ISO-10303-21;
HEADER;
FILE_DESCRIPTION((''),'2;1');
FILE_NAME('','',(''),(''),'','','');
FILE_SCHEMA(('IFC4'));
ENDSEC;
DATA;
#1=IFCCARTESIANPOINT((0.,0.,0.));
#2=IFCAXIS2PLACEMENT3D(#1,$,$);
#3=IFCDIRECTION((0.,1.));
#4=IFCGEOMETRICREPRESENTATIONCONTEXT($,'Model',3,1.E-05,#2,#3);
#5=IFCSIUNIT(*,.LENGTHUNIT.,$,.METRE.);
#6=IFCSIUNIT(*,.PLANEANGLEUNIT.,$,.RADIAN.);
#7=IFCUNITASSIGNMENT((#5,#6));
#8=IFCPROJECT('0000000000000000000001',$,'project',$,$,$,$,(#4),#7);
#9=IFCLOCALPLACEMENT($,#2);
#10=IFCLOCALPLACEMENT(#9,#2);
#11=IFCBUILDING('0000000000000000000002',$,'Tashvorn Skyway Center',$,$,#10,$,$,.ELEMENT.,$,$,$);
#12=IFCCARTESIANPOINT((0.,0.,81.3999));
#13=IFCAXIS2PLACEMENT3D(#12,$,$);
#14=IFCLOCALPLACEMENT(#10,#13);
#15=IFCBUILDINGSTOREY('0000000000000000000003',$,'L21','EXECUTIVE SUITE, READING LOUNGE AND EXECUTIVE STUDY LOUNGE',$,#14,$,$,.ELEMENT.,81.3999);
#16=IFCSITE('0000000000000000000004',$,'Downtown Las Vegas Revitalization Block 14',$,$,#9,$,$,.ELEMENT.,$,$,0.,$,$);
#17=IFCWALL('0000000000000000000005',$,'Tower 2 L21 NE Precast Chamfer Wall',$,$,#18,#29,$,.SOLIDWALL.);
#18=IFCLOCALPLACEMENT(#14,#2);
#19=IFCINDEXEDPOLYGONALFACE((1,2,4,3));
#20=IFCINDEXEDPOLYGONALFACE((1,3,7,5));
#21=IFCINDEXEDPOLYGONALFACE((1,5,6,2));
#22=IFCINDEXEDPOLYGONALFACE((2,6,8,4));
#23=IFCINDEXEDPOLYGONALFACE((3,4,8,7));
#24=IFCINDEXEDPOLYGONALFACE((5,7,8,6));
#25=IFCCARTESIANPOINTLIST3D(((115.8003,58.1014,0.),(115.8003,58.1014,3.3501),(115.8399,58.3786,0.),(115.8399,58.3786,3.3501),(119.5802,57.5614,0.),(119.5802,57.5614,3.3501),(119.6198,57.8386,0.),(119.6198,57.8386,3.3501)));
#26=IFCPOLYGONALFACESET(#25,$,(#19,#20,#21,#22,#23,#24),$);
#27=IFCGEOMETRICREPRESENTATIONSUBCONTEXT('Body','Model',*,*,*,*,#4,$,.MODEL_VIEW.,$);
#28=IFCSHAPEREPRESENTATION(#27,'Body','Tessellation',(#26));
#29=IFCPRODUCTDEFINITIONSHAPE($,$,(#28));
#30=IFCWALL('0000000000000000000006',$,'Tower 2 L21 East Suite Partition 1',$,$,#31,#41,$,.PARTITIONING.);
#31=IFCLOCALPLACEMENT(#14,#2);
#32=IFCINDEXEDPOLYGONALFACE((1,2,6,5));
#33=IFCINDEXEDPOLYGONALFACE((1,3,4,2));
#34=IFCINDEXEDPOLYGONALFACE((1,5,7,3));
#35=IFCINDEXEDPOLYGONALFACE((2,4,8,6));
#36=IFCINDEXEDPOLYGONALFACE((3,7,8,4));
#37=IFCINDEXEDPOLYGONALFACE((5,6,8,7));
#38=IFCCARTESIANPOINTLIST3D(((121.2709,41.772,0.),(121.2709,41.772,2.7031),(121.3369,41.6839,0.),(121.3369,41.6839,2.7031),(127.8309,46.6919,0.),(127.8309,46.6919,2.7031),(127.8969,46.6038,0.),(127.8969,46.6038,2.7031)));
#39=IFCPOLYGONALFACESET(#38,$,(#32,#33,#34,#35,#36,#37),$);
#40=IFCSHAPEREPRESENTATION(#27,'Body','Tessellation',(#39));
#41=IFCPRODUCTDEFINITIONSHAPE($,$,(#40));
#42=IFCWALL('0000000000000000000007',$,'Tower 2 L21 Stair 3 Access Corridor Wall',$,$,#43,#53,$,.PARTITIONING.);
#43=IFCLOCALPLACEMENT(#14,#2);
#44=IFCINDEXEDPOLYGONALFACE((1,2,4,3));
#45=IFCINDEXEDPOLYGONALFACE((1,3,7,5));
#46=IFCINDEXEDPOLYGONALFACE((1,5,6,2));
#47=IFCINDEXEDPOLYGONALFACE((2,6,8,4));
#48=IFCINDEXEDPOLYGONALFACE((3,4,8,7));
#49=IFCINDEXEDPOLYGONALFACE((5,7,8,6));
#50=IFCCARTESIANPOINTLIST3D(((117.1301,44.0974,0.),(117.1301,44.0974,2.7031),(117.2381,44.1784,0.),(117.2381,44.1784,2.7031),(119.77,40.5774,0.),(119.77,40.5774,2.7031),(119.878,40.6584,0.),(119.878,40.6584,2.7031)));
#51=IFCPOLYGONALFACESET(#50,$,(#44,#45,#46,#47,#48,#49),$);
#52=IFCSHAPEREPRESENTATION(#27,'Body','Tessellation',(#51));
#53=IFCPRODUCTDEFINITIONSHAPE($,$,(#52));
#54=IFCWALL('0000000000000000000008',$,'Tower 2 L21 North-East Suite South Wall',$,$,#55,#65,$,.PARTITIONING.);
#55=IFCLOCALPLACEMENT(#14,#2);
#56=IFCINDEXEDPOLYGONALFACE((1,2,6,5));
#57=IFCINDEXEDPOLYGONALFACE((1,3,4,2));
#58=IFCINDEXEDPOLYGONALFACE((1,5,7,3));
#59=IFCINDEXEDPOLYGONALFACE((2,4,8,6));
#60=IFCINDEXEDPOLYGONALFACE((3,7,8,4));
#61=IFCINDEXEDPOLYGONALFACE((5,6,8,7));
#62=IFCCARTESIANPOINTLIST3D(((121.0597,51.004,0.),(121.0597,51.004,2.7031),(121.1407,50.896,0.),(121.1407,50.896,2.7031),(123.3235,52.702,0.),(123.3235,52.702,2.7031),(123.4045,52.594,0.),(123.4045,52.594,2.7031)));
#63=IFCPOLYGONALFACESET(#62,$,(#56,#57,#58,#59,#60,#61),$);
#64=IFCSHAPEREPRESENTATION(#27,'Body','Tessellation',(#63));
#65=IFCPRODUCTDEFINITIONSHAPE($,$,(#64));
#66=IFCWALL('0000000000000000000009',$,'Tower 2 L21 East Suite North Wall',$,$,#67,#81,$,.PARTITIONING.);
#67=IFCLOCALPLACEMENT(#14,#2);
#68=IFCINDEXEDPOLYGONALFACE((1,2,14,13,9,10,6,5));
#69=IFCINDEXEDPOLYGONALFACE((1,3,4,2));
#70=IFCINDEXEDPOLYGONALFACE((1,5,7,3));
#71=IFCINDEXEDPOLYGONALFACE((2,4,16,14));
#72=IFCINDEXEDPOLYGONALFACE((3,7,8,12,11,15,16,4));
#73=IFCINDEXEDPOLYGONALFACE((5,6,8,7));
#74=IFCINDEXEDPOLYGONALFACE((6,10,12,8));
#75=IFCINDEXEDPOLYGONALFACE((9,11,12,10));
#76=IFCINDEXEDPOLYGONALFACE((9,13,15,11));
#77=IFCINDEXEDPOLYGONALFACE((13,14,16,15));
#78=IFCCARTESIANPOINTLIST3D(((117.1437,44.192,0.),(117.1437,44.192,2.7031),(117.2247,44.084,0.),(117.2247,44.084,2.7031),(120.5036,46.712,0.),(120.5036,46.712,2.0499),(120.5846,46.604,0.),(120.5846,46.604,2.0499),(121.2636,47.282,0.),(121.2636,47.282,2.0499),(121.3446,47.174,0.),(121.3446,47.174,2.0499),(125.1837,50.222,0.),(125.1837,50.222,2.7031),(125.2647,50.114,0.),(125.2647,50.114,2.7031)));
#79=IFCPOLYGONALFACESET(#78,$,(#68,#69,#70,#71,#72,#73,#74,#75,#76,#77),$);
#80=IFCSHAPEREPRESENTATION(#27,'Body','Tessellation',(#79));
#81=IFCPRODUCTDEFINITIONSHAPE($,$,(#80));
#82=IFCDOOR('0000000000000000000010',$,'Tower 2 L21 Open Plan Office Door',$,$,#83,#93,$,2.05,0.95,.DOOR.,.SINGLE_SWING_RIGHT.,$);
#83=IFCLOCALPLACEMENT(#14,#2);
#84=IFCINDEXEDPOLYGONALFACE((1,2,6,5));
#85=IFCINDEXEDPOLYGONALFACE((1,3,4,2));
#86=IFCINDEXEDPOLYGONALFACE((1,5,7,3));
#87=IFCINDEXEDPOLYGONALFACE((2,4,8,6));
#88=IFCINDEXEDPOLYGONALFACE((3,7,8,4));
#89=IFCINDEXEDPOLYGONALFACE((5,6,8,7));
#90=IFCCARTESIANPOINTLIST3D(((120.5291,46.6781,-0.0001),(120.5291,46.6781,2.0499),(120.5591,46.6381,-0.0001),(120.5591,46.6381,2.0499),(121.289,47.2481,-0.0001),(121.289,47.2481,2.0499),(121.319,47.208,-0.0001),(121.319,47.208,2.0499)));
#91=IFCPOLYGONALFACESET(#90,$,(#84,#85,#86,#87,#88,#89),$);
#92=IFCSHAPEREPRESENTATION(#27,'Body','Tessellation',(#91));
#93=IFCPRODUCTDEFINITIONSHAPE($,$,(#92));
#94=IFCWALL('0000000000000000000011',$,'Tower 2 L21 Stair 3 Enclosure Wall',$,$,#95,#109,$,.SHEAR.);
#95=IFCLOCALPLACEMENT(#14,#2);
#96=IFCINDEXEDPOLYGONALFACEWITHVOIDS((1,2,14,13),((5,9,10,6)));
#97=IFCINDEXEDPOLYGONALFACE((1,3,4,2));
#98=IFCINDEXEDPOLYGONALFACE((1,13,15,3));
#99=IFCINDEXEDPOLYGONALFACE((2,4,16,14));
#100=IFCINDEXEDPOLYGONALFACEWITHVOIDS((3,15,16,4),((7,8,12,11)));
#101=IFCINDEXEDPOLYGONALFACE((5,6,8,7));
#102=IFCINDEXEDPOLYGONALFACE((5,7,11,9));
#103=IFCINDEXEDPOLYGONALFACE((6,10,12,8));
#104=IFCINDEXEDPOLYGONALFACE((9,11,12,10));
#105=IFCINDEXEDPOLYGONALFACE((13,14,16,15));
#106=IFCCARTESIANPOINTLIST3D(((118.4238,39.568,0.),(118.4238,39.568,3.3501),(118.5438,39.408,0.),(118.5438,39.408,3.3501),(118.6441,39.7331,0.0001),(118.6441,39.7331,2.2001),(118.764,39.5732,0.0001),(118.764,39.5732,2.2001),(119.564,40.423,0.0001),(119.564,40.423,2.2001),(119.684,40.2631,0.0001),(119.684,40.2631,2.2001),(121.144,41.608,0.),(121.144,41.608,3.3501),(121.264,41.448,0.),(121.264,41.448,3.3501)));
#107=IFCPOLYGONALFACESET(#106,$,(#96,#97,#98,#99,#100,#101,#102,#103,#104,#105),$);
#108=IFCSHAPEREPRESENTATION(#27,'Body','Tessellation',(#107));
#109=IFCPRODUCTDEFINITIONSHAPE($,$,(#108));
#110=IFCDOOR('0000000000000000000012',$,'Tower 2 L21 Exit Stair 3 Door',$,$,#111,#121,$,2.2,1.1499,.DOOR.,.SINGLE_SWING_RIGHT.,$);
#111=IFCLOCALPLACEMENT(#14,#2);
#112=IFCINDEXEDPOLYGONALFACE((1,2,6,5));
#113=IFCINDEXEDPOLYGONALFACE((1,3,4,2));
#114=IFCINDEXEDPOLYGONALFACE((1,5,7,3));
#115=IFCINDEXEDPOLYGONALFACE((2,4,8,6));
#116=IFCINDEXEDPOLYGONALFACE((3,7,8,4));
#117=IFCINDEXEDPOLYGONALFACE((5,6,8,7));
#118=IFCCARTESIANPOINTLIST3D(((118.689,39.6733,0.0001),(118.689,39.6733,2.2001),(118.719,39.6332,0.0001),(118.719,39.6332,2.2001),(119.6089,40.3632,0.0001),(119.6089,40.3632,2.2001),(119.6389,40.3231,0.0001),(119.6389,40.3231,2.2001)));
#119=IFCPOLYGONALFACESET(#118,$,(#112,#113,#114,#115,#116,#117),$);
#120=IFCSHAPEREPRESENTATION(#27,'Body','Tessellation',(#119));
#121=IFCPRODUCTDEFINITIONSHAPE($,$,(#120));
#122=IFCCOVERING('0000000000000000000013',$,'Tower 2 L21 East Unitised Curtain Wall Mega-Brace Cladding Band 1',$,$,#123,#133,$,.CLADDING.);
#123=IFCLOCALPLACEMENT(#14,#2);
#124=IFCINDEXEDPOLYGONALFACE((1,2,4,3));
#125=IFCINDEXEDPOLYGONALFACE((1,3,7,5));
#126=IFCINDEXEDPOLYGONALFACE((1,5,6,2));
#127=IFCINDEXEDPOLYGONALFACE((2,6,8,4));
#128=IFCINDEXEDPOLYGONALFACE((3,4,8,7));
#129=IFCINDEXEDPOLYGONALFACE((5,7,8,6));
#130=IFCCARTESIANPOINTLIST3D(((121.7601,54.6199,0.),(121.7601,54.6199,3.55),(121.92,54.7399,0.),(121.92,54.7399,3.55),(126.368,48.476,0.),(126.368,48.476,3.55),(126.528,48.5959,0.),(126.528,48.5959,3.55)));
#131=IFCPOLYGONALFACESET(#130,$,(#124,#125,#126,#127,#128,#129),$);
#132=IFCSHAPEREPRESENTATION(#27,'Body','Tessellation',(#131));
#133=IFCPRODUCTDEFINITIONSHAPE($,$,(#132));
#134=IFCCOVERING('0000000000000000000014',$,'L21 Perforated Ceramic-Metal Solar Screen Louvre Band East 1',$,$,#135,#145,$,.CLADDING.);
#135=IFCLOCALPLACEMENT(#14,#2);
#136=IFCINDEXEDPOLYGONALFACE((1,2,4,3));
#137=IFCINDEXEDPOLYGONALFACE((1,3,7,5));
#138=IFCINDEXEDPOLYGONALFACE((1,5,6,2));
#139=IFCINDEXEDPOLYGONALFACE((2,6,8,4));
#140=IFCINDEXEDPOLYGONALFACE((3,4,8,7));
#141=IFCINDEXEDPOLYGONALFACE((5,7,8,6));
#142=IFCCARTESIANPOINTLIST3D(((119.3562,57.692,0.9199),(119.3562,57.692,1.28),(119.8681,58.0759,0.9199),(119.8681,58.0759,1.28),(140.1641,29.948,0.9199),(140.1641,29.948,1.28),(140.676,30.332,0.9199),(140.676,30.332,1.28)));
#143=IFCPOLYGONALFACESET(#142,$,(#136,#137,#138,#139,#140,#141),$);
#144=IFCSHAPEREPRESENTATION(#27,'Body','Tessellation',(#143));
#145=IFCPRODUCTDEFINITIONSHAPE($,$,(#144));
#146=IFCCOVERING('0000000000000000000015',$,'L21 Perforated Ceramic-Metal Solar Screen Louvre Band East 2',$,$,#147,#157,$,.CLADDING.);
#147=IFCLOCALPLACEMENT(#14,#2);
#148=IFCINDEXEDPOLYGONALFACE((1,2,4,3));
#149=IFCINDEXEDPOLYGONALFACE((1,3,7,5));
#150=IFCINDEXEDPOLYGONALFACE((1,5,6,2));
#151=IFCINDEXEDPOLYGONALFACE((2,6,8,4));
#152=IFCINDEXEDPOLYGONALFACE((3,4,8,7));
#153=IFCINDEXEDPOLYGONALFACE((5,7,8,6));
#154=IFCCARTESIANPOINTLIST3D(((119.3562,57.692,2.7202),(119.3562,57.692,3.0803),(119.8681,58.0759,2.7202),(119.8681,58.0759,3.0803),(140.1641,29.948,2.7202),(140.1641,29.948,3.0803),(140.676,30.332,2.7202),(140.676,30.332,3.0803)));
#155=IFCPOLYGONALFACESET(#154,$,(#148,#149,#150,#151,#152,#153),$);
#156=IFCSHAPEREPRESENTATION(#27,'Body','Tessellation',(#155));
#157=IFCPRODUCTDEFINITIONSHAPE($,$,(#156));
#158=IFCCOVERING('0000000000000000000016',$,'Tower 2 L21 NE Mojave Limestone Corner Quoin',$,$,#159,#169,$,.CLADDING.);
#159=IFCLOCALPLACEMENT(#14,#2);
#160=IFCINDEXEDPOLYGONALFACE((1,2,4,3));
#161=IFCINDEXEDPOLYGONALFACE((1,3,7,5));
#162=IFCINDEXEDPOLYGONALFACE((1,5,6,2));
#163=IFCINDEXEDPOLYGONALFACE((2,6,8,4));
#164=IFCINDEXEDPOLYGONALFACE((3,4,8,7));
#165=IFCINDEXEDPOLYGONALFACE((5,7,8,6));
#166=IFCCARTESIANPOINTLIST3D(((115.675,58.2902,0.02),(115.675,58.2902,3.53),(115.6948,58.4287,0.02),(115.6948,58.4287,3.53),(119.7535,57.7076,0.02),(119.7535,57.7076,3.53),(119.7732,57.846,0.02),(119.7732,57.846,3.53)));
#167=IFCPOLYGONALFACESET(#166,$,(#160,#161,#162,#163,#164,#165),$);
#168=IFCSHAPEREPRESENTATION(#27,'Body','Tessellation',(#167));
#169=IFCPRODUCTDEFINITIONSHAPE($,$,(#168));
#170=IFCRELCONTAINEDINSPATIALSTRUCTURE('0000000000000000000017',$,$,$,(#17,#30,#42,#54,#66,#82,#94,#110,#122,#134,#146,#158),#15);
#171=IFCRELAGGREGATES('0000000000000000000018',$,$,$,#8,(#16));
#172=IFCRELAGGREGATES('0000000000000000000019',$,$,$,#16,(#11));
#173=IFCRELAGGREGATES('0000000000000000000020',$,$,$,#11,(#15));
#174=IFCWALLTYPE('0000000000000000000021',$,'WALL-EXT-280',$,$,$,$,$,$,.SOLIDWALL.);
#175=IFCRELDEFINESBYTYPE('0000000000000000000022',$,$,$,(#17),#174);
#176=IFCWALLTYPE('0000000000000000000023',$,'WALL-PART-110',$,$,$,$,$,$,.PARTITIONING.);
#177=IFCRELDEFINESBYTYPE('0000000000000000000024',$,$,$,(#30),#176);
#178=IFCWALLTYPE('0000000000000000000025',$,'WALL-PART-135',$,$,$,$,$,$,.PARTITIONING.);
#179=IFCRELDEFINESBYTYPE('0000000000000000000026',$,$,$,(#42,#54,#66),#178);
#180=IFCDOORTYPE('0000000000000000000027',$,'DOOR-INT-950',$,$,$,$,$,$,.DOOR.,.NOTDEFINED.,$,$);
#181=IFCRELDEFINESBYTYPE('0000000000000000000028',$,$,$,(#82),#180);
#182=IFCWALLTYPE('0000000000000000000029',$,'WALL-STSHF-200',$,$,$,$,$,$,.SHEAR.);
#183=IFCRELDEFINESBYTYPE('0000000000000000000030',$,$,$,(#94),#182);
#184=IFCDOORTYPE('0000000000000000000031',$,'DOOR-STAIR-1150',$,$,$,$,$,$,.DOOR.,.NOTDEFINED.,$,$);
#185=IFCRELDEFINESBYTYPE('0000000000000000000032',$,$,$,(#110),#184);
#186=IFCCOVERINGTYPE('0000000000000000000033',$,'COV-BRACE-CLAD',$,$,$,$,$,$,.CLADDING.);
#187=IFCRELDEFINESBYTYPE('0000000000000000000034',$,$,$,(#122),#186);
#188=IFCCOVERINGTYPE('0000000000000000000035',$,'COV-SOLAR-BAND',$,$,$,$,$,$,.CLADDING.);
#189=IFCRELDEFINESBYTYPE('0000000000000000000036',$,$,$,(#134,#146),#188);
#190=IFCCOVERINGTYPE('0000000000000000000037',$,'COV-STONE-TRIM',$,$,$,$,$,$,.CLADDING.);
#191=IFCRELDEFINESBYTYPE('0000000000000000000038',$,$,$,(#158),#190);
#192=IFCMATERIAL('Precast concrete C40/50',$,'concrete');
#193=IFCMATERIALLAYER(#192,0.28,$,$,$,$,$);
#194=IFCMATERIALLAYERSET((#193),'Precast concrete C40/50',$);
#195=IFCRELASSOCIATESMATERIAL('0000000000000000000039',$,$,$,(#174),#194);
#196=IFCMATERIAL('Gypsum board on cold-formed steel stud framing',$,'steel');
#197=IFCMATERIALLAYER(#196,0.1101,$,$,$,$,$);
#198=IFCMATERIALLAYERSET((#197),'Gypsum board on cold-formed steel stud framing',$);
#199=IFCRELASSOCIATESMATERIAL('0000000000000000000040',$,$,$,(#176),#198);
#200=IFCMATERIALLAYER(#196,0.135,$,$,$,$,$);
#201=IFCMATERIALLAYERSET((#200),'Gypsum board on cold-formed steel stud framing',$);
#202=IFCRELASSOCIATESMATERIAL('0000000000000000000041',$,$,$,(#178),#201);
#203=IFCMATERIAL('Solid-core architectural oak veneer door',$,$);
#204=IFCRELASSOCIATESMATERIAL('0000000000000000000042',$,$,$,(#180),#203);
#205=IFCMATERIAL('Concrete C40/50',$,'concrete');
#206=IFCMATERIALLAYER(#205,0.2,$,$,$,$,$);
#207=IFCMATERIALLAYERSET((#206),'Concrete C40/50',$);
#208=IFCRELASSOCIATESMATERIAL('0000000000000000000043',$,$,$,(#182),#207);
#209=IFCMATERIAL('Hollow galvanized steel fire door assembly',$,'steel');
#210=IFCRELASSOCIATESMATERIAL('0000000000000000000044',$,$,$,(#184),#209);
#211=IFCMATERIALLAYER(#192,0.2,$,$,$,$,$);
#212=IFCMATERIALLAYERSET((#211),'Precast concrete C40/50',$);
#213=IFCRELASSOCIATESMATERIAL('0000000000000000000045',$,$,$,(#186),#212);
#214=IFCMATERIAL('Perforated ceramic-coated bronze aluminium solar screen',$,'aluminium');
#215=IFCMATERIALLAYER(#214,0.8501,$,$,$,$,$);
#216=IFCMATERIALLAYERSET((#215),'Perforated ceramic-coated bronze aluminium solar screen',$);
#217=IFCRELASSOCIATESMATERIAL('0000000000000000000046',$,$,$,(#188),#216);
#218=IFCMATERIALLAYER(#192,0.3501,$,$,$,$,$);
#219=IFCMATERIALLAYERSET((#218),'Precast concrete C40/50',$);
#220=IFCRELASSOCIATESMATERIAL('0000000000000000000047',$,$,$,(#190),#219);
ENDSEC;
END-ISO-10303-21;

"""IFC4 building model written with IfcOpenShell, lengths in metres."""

from ifc_helpers import new_model, si_unit, direction, frame, frame_2d, origin, origin_2d, place, context, subcontext, project, spatial, rectangle, extrude, material, layer, layer_set, type_object, element, fill, save


model = new_model("IFC4")

# Units and contexts
model_context = context("Model", 3, precision=1e-05, world=origin(), true_north=direction((0.0, 1.0)))
body_context = subcontext(model_context, "Body", "Model", "MODEL_VIEW")
ifc_project = project(units=[si_unit("LENGTHUNIT", "METRE"), si_unit("PLANEANGLEUNIT", "RADIAN")], contexts=[model_context])

# Site, building, storey
site_placement = place(None, origin())
site = spatial("IfcSite", under=ifc_project, at=site_placement, Name="Downtown Las Vegas Revitalization Block 14", CompositionType="ELEMENT", RefElevation=0.0)
building_placement = place(site_placement, origin())
building = spatial("IfcBuilding", under=site, at=building_placement, Name="Tashvorn Skyway Center", CompositionType="ELEMENT")
storey_placement = place(building_placement, frame((0.0, 0.0, 81.3999)))
storey = spatial("IfcBuildingStorey", under=building, at=storey_placement, Name="L21", Description="EXECUTIVE SUITE, READING LOUNGE AND EXECUTIVE STUDY LOUNGE", CompositionType="ELEMENT", Elevation=81.3999)

# Walls
ifc_material_1 = material(Name="Precast concrete C40/50", Category="concrete")
ifc_layer_1 = layer(ifc_material_1, 0.28)
ifc_layer_set_1 = layer_set([ifc_layer_1], Name="Precast concrete C40/50")
wall_type_1 = type_object("IfcWallType", Name="WALL-EXT-280", PredefinedType="SOLIDWALL", material=ifc_layer_set_1)
wall_1_placement = place(storey_placement, frame((115.8201, 58.24, 0.0), z_axis=(0.0, 0.0, 1.0), x_axis=(0.989948, -0.14143, 0.0)))
element("IfcWall", 1, at=wall_1_placement, inside=storey, type_object=wall_type_1, Name="Tower 2 L21 NE Precast Chamfer Wall", PredefinedType="SOLIDWALL", context=body_context, shape_type="SweptSolid", body=[
    extrude(rectangle(XDim=3.8184, YDim=0.28, at=frame_2d((1.9092, 0.0))), origin(), (0.0, 0.0, 1.0), 3.3501),
])
ifc_material_2 = material(Name="Gypsum board on cold-formed steel stud framing", Category="steel")
ifc_layer_2 = layer(ifc_material_2, 0.1101)
ifc_layer_set_2 = layer_set([ifc_layer_2], Name="Gypsum board on cold-formed steel stud framing")
wall_type_2 = type_object("IfcWallType", Name="WALL-PART-110", PredefinedType="PARTITIONING", material=ifc_layer_set_2)
wall_2_placement = place(storey_placement, frame((127.864, 46.6479, 0.0), z_axis=(0.0, 0.0, 1.0), x_axis=(-0.800007, -0.59999, 0.0)))
element("IfcWall", 2, at=wall_2_placement, inside=storey, type_object=wall_type_2, Name="Tower 2 L21 East Suite Partition 1", PredefinedType="PARTITIONING", context=body_context, shape_type="SweptSolid", body=[
    extrude(rectangle(XDim=8.2, YDim=0.1101, at=frame_2d((4.1001, 0.0))), origin(), (0.0, 0.0, 1.0), 2.7031),
])
ifc_layer_3 = layer(ifc_material_2, 0.135)
ifc_layer_set_3 = layer_set([ifc_layer_3], Name="Gypsum board on cold-formed steel stud framing")
wall_type_3 = type_object("IfcWallType", Name="WALL-PART-135", PredefinedType="PARTITIONING", material=ifc_layer_set_3)
wall_3_placement = place(storey_placement, frame((119.824, 40.6179, 0.0), z_axis=(0.0, 0.0, 1.0), x_axis=(-0.599982, 0.800013, 0.0)))
element("IfcWall", 3, at=wall_3_placement, inside=storey, type_object=wall_type_3, Name="Tower 2 L21 Stair 3 Access Corridor Wall", PredefinedType="PARTITIONING", context=body_context, shape_type="SweptSolid", body=[
    extrude(rectangle(XDim=4.3999, YDim=0.135, at=frame_2d((2.2, 0.0))), origin(), (0.0, 0.0, 1.0), 2.7031),
])
wall_4_placement = place(storey_placement, frame((121.1001, 50.95, 0.0), z_axis=(0.0, 0.0, 1.0), x_axis=(0.79999, 0.600014, 0.0)))
element("IfcWall", 4, at=wall_4_placement, inside=storey, type_object=wall_type_3, Name="Tower 2 L21 North-East Suite South Wall", PredefinedType="PARTITIONING", context=body_context, shape_type="SweptSolid", body=[
    extrude(rectangle(XDim=2.8298, YDim=0.135, at=frame_2d((1.415, 0.0))), origin(), (0.0, 0.0, 1.0), 2.7031),
])

# Walls, openings, doors
wall_5_placement = place(storey_placement, frame((125.2241, 50.168, 0.0), z_axis=(0.0, 0.0, 1.0), x_axis=(-0.8, -0.6, 0.0)))
wall_5 = element("IfcWall", 5, at=wall_5_placement, inside=storey, type_object=wall_type_3, Name="Tower 2 L21 East Suite North Wall", PredefinedType="PARTITIONING", context=body_context, shape_type="SweptSolid", body=[
    extrude(rectangle(XDim=10.05, YDim=0.135, at=frame_2d((5.0249, 0.0))), origin(), (0.0, 0.0, 1.0), 2.7031),
])
opening_1_placement = place(wall_5_placement, frame((4.8999, 0.0, 0.0)))
opening_1 = element("IfcOpeningElement", 6, at=opening_1_placement, cuts=wall_5, PredefinedType="OPENING", context=body_context, shape_type="SweptSolid", body=[
    extrude(rectangle(XDim=0.95, YDim=2.05, at=frame_2d((0.4751, 1.0249))), frame((0.0, 0.0774, 0.0), z_axis=(0.0, -1.0, 0.0), x_axis=(1.0, 0.0, 0.0)), (0.0, 0.0, 1.0), 0.155),
])
ifc_material_3 = material(Name="Solid-core architectural oak veneer door")
door_type_1 = type_object("IfcDoorType", Name="DOOR-INT-950", OperationType="NOTDEFINED", PredefinedType="DOOR", material=ifc_material_3)
door_1_placement = place(opening_1_placement, origin())
door_1 = element("IfcDoor", 7, at=door_1_placement, inside=storey, type_object=door_type_1, Name="Tower 2 L21 Open Plan Office Door", OperationType="SINGLE_SWING_RIGHT", OverallHeight=2.05, OverallWidth=0.95, PredefinedType="DOOR", context=body_context, shape_type="SweptSolid", body=[
    extrude(rectangle(XDim=0.95, YDim=2.05, at=frame_2d((0.4751, 1.0249))), frame((0.0, 0.0249, 0.0), z_axis=(0.0, -1.0, 0.0), x_axis=(1.0, 0.0, 0.0)), (0.0, 0.0, 1.0), 0.05),
])
fill(opening_1, door_1)
ifc_material_4 = material(Name="Concrete C40/50", Category="concrete")
ifc_layer_4 = layer(ifc_material_4, 0.2)
ifc_layer_set_4 = layer_set([ifc_layer_4], Name="Concrete C40/50")
wall_type_4 = type_object("IfcWallType", Name="WALL-STSHF-200", PredefinedType="SHEAR", material=ifc_layer_set_4)
wall_6_placement = place(storey_placement, frame((121.2041, 41.5281, 0.0), z_axis=(0.0, 0.0, 1.0), x_axis=(-0.800017, -0.599977, 0.0)))
wall_6 = element("IfcWall", 8, at=wall_6_placement, inside=storey, type_object=wall_type_4, Name="Tower 2 L21 Stair 3 Enclosure Wall", PredefinedType="SHEAR", context=body_context, shape_type="SweptSolid", body=[
    extrude(rectangle(XDim=3.4001, YDim=0.2, at=frame_2d((1.7002, 0.0))), origin(), (0.0, 0.0, 1.0), 3.3501),
])
opening_2_placement = place(wall_6_placement, frame((1.9751, 0.0, 0.0)))
opening_2 = element("IfcOpeningElement", 9, at=opening_2_placement, cuts=wall_6, PredefinedType="OPENING", context=body_context, shape_type="SweptSolid", body=[
    extrude(rectangle(XDim=1.1499, YDim=2.2, at=frame_2d((0.575, 1.1001))), frame((0.0, 0.1099, 0.0), z_axis=(0.0, -1.0, 0.0), x_axis=(1.0, 0.0, 0.0)), (0.0, 0.0, 1.0), 0.22),
])
ifc_material_5 = material(Name="Hollow galvanized steel fire door assembly", Category="steel")
door_type_2 = type_object("IfcDoorType", Name="DOOR-STAIR-1150", OperationType="NOTDEFINED", PredefinedType="DOOR", material=ifc_material_5)
door_2_placement = place(opening_2_placement, origin())
door_2 = element("IfcDoor", 10, at=door_2_placement, inside=storey, type_object=door_type_2, Name="Tower 2 L21 Exit Stair 3 Door", OperationType="SINGLE_SWING_RIGHT", OverallHeight=2.2, OverallWidth=1.1499, PredefinedType="DOOR", context=body_context, shape_type="SweptSolid", body=[
    extrude(rectangle(XDim=1.1499, YDim=2.2, at=frame_2d((0.575, 1.1001))), frame((0.0, 0.0249, 0.0), z_axis=(0.0, -1.0, 0.0), x_axis=(1.0, 0.0, 0.0)), (0.0, 0.0, 1.0), 0.05),
])
fill(opening_2, door_2)

# Coverings
ifc_layer_5 = layer(ifc_material_1, 0.2)
ifc_layer_set_5 = layer_set([ifc_layer_5], Name="Precast concrete C40/50")
covering_type_1 = type_object("IfcCoveringType", Name="COV-BRACE-CLAD", PredefinedType="CLADDING", material=ifc_layer_set_5)
covering_1_placement = place(storey_placement, frame((124.144, 51.6079, 0.0), z_axis=(0.0, 0.0, 1.0), x_axis=(0.6, -0.8, 0.0)))
element("IfcCovering", 11, at=covering_1_placement, inside=storey, type_object=covering_type_1, Name="Tower 2 L21 East Unitised Curtain Wall Mega-Brace Cladding Band 1", PredefinedType="CLADDING", context=body_context, shape_type="SweptSolid", body=[
    extrude(rectangle(XDim=7.6799, YDim=0.2, at=origin_2d()), origin(), (0.0, 0.0, 1.0), 3.55),
])
ifc_material_6 = material(Name="Perforated ceramic-coated bronze aluminium solar screen", Category="aluminium")
ifc_layer_6 = layer(ifc_material_6, 0.8501)
ifc_layer_set_6 = layer_set([ifc_layer_6], Name="Perforated ceramic-coated bronze aluminium solar screen")
covering_type_2 = type_object("IfcCoveringType", Name="COV-SOLAR-BAND", PredefinedType="CLADDING", material=ifc_layer_set_6)
for number, where, z_axis, x_axis, name in (
    (12, (130.0161, 44.012, 0.9199), (0.0, 0.0, 1.0), (0.6, -0.8, 0.0), "L21 Perforated Ceramic-Metal Solar Screen Louvre Band East 1"),
    (13, (130.0161, 44.012, 2.7202), (0.0, 0.0, 1.0), (0.6, -0.8, 0.0), "L21 Perforated Ceramic-Metal Solar Screen Louvre Band East 2"),
):
    element("IfcCovering", number, at=place(storey_placement, frame(where, z_axis=z_axis, x_axis=x_axis)), inside=storey, type_object=covering_type_2, Name=name, PredefinedType="CLADDING", context=body_context, shape_type="SweptSolid", body=[
        extrude(rectangle(XDim=34.6799, YDim=0.6399, at=origin_2d()), origin(), (0.0, 0.0, 1.0), 0.3601),
    ])
ifc_layer_7 = layer(ifc_material_1, 0.3501)
ifc_layer_set_7 = layer_set([ifc_layer_7], Name="Precast concrete C40/50")
covering_type_3 = type_object("IfcCoveringType", Name="COV-STONE-TRIM", PredefinedType="CLADDING", material=ifc_layer_set_7)
covering_2_placement = place(storey_placement, frame((117.7241, 58.0681, 0.02), z_axis=(0.0, 0.0, 1.0), x_axis=(0.989949, -0.141421, 0.0)))
element("IfcCovering", 14, at=covering_2_placement, inside=storey, type_object=covering_type_3, Name="Tower 2 L21 NE Mojave Limestone Corner Quoin", PredefinedType="CLADDING", context=body_context, shape_type="SweptSolid", body=[
    extrude(rectangle(XDim=4.1199, YDim=0.1399, at=origin_2d()), origin(), (0.0, 0.0, 1.0), 3.51),
])

save(model, "model.ifc")
